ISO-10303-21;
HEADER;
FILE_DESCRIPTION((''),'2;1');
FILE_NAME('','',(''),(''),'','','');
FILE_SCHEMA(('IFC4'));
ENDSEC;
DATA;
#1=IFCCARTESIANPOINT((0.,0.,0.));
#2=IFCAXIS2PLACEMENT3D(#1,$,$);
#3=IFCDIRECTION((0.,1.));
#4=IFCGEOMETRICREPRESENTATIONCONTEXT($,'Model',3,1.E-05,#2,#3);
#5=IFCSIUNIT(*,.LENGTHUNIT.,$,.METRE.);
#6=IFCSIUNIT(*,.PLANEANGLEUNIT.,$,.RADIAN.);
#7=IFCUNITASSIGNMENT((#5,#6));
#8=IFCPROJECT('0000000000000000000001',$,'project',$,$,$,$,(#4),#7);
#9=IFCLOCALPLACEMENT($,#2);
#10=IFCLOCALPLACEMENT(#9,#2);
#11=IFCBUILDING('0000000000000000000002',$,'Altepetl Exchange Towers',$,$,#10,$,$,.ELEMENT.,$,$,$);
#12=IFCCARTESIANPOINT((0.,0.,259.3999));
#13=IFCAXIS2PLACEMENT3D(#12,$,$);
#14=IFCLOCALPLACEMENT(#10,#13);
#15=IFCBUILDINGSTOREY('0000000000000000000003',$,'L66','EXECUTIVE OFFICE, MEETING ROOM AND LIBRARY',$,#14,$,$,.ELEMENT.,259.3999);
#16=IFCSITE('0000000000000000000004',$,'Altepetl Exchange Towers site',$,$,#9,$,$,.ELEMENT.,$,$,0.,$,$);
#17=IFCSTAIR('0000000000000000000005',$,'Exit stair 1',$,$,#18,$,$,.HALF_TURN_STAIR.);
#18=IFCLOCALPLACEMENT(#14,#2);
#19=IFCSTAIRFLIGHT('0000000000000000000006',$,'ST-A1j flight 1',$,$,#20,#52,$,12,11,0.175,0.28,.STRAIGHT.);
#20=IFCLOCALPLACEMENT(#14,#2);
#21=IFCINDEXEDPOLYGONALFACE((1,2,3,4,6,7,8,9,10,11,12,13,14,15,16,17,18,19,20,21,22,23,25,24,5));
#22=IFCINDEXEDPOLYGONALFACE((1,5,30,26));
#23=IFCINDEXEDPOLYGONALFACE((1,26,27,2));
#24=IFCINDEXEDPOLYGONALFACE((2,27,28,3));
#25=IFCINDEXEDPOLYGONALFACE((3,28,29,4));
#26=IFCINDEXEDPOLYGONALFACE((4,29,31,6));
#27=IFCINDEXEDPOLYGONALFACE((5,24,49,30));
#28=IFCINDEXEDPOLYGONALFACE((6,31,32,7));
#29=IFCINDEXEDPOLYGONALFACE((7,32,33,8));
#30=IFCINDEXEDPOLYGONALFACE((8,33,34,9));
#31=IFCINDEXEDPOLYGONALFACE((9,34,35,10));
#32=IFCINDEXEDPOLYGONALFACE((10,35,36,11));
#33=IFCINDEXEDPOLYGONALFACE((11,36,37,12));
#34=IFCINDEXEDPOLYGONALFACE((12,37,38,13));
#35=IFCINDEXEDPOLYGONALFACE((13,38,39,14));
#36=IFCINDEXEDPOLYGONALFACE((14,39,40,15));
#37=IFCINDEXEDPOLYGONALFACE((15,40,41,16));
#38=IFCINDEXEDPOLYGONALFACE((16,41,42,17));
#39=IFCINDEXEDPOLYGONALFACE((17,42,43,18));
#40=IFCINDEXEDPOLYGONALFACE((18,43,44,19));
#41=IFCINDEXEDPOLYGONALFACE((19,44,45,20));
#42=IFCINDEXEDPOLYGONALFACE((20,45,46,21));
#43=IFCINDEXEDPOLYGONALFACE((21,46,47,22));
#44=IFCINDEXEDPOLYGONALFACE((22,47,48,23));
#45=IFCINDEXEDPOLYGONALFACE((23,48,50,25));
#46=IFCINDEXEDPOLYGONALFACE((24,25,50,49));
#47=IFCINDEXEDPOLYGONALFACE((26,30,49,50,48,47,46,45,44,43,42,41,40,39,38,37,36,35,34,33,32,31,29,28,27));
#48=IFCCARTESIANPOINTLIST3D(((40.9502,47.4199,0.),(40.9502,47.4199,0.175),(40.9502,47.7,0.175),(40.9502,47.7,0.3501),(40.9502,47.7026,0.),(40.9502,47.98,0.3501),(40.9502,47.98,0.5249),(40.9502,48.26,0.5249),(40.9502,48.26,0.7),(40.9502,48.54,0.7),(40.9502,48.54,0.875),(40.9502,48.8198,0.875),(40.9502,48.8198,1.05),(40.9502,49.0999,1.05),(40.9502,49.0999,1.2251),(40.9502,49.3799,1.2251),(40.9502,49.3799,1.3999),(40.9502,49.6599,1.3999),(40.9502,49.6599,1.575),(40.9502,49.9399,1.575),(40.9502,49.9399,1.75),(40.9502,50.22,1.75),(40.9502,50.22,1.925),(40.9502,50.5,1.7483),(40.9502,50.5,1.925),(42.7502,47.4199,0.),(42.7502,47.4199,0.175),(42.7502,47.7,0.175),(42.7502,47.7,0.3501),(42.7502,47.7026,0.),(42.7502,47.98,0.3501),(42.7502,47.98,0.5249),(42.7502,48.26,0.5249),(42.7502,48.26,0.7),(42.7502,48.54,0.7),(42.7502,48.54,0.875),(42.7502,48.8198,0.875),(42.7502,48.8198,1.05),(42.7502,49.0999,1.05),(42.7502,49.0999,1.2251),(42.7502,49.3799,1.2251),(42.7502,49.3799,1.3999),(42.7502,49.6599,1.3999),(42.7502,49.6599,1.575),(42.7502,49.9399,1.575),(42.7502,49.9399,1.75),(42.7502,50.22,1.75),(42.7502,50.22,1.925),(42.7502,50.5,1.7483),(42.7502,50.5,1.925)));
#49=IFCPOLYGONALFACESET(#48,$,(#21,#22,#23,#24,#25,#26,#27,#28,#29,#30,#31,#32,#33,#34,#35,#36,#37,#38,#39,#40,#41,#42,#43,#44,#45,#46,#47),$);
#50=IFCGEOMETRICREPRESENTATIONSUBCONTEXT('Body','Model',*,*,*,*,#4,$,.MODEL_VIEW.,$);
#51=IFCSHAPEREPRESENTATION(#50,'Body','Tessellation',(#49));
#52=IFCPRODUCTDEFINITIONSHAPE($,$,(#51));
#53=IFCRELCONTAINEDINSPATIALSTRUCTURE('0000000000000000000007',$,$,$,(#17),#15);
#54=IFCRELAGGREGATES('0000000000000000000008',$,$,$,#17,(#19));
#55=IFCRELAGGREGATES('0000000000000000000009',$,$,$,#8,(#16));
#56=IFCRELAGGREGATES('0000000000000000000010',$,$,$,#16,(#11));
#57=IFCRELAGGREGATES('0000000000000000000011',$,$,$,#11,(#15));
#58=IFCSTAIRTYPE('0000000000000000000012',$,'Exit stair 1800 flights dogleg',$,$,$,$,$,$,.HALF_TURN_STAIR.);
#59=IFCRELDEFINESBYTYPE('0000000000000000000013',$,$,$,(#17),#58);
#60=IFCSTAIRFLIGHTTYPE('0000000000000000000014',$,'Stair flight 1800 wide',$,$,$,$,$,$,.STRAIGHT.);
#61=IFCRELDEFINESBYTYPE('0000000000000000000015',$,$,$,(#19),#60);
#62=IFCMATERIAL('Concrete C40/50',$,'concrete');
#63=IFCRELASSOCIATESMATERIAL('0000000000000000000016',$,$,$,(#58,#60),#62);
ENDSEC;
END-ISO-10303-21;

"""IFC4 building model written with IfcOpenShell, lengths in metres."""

from ifc_helpers import new_model, si_unit, direction, frame, origin, place, context, subcontext, project, spatial, polyline, outline, extrude, material, type_object, element, aggregate, save


model = new_model("IFC4")

# Units and contexts
model_context = context("Model", 3, precision=1e-05, world=origin(), true_north=direction((0.0, 1.0)))
body_context = subcontext(model_context, "Body", "Model", "MODEL_VIEW")
ifc_project = project(units=[si_unit("LENGTHUNIT", "METRE"), si_unit("PLANEANGLEUNIT", "RADIAN")], contexts=[model_context])

# Site, building, storey
site_placement = place(None, origin())
site = spatial("IfcSite", under=ifc_project, at=site_placement, Name="Altepetl Exchange Towers site", CompositionType="ELEMENT", RefElevation=0.0)
building_placement = place(site_placement, origin())
building = spatial("IfcBuilding", under=site, at=building_placement, Name="Altepetl Exchange Towers", CompositionType="ELEMENT")
storey_placement = place(building_placement, frame((0.0, 0.0, 259.3999)))
storey = spatial("IfcBuildingStorey", under=building, at=storey_placement, Name="L66", Description="EXECUTIVE OFFICE, MEETING ROOM AND LIBRARY", CompositionType="ELEMENT", Elevation=259.3999)

# Shared definitions
ifc_material_1 = material(Name="Concrete C40/50", Category="concrete")

# Stair, stair flight
stair_type = type_object("IfcStairType", Name="Exit stair 1800 flights dogleg", PredefinedType="HALF_TURN_STAIR", material=ifc_material_1)
stair_placement = place(storey_placement, origin())
stair = element("IfcStair", 1, at=stair_placement, inside=storey, type_object=stair_type, Name="Exit stair 1", PredefinedType="HALF_TURN_STAIR")
stair_flight_type = type_object("IfcStairFlightType", Name="Stair flight 1800 wide", PredefinedType="STRAIGHT", material=ifc_material_1)
stair_flight_placement = place(storey_placement, frame((41.8501, 47.4199, 0.0), z_axis=(0.0, 0.0, 1.0), x_axis=(0.0, 1.0, 0.0)))
stair_flight = element("IfcStairFlight", 2, at=stair_flight_placement, type_object=stair_flight_type, Name="ST-A1j flight 1", NumberOfRisers=12, NumberOfTreads=11, PredefinedType="STRAIGHT", RiserHeight=0.175, TreadLength=0.28, context=body_context, shape_type="SweptSolid", body=[
    extrude(outline(polyline([(0.0, 0.0), (0.0, 0.175), (0.28, 0.175), (0.28, 0.3501), (0.5601, 0.3501), (0.5601, 0.5249), (0.8401, 0.5249), (0.8401, 0.7), (1.1201, 0.7), (1.1201, 0.875), (1.3999, 0.875), (1.3999, 1.05), (1.6799, 1.05), (1.6799, 1.2251), (1.96, 1.2251), (1.96, 1.3999), (2.24, 1.3999), (2.24, 1.575), (2.52, 1.575), (2.52, 1.75), (2.8, 1.75), (2.8, 1.925), (3.0801, 1.925), (3.0801, 2.1001), (3.0801, 1.7483), (0.2827, 0.0), (0.0, 0.0)])), frame((0.0, 0.8999, 0.0), z_axis=(0.0, -1.0, 0.0), x_axis=(1.0, 0.0, 0.0)), (0.0, 0.0, 1.0), 1.8),
])
aggregate(stair, [stair_flight])

save(model, "model.ifc")
